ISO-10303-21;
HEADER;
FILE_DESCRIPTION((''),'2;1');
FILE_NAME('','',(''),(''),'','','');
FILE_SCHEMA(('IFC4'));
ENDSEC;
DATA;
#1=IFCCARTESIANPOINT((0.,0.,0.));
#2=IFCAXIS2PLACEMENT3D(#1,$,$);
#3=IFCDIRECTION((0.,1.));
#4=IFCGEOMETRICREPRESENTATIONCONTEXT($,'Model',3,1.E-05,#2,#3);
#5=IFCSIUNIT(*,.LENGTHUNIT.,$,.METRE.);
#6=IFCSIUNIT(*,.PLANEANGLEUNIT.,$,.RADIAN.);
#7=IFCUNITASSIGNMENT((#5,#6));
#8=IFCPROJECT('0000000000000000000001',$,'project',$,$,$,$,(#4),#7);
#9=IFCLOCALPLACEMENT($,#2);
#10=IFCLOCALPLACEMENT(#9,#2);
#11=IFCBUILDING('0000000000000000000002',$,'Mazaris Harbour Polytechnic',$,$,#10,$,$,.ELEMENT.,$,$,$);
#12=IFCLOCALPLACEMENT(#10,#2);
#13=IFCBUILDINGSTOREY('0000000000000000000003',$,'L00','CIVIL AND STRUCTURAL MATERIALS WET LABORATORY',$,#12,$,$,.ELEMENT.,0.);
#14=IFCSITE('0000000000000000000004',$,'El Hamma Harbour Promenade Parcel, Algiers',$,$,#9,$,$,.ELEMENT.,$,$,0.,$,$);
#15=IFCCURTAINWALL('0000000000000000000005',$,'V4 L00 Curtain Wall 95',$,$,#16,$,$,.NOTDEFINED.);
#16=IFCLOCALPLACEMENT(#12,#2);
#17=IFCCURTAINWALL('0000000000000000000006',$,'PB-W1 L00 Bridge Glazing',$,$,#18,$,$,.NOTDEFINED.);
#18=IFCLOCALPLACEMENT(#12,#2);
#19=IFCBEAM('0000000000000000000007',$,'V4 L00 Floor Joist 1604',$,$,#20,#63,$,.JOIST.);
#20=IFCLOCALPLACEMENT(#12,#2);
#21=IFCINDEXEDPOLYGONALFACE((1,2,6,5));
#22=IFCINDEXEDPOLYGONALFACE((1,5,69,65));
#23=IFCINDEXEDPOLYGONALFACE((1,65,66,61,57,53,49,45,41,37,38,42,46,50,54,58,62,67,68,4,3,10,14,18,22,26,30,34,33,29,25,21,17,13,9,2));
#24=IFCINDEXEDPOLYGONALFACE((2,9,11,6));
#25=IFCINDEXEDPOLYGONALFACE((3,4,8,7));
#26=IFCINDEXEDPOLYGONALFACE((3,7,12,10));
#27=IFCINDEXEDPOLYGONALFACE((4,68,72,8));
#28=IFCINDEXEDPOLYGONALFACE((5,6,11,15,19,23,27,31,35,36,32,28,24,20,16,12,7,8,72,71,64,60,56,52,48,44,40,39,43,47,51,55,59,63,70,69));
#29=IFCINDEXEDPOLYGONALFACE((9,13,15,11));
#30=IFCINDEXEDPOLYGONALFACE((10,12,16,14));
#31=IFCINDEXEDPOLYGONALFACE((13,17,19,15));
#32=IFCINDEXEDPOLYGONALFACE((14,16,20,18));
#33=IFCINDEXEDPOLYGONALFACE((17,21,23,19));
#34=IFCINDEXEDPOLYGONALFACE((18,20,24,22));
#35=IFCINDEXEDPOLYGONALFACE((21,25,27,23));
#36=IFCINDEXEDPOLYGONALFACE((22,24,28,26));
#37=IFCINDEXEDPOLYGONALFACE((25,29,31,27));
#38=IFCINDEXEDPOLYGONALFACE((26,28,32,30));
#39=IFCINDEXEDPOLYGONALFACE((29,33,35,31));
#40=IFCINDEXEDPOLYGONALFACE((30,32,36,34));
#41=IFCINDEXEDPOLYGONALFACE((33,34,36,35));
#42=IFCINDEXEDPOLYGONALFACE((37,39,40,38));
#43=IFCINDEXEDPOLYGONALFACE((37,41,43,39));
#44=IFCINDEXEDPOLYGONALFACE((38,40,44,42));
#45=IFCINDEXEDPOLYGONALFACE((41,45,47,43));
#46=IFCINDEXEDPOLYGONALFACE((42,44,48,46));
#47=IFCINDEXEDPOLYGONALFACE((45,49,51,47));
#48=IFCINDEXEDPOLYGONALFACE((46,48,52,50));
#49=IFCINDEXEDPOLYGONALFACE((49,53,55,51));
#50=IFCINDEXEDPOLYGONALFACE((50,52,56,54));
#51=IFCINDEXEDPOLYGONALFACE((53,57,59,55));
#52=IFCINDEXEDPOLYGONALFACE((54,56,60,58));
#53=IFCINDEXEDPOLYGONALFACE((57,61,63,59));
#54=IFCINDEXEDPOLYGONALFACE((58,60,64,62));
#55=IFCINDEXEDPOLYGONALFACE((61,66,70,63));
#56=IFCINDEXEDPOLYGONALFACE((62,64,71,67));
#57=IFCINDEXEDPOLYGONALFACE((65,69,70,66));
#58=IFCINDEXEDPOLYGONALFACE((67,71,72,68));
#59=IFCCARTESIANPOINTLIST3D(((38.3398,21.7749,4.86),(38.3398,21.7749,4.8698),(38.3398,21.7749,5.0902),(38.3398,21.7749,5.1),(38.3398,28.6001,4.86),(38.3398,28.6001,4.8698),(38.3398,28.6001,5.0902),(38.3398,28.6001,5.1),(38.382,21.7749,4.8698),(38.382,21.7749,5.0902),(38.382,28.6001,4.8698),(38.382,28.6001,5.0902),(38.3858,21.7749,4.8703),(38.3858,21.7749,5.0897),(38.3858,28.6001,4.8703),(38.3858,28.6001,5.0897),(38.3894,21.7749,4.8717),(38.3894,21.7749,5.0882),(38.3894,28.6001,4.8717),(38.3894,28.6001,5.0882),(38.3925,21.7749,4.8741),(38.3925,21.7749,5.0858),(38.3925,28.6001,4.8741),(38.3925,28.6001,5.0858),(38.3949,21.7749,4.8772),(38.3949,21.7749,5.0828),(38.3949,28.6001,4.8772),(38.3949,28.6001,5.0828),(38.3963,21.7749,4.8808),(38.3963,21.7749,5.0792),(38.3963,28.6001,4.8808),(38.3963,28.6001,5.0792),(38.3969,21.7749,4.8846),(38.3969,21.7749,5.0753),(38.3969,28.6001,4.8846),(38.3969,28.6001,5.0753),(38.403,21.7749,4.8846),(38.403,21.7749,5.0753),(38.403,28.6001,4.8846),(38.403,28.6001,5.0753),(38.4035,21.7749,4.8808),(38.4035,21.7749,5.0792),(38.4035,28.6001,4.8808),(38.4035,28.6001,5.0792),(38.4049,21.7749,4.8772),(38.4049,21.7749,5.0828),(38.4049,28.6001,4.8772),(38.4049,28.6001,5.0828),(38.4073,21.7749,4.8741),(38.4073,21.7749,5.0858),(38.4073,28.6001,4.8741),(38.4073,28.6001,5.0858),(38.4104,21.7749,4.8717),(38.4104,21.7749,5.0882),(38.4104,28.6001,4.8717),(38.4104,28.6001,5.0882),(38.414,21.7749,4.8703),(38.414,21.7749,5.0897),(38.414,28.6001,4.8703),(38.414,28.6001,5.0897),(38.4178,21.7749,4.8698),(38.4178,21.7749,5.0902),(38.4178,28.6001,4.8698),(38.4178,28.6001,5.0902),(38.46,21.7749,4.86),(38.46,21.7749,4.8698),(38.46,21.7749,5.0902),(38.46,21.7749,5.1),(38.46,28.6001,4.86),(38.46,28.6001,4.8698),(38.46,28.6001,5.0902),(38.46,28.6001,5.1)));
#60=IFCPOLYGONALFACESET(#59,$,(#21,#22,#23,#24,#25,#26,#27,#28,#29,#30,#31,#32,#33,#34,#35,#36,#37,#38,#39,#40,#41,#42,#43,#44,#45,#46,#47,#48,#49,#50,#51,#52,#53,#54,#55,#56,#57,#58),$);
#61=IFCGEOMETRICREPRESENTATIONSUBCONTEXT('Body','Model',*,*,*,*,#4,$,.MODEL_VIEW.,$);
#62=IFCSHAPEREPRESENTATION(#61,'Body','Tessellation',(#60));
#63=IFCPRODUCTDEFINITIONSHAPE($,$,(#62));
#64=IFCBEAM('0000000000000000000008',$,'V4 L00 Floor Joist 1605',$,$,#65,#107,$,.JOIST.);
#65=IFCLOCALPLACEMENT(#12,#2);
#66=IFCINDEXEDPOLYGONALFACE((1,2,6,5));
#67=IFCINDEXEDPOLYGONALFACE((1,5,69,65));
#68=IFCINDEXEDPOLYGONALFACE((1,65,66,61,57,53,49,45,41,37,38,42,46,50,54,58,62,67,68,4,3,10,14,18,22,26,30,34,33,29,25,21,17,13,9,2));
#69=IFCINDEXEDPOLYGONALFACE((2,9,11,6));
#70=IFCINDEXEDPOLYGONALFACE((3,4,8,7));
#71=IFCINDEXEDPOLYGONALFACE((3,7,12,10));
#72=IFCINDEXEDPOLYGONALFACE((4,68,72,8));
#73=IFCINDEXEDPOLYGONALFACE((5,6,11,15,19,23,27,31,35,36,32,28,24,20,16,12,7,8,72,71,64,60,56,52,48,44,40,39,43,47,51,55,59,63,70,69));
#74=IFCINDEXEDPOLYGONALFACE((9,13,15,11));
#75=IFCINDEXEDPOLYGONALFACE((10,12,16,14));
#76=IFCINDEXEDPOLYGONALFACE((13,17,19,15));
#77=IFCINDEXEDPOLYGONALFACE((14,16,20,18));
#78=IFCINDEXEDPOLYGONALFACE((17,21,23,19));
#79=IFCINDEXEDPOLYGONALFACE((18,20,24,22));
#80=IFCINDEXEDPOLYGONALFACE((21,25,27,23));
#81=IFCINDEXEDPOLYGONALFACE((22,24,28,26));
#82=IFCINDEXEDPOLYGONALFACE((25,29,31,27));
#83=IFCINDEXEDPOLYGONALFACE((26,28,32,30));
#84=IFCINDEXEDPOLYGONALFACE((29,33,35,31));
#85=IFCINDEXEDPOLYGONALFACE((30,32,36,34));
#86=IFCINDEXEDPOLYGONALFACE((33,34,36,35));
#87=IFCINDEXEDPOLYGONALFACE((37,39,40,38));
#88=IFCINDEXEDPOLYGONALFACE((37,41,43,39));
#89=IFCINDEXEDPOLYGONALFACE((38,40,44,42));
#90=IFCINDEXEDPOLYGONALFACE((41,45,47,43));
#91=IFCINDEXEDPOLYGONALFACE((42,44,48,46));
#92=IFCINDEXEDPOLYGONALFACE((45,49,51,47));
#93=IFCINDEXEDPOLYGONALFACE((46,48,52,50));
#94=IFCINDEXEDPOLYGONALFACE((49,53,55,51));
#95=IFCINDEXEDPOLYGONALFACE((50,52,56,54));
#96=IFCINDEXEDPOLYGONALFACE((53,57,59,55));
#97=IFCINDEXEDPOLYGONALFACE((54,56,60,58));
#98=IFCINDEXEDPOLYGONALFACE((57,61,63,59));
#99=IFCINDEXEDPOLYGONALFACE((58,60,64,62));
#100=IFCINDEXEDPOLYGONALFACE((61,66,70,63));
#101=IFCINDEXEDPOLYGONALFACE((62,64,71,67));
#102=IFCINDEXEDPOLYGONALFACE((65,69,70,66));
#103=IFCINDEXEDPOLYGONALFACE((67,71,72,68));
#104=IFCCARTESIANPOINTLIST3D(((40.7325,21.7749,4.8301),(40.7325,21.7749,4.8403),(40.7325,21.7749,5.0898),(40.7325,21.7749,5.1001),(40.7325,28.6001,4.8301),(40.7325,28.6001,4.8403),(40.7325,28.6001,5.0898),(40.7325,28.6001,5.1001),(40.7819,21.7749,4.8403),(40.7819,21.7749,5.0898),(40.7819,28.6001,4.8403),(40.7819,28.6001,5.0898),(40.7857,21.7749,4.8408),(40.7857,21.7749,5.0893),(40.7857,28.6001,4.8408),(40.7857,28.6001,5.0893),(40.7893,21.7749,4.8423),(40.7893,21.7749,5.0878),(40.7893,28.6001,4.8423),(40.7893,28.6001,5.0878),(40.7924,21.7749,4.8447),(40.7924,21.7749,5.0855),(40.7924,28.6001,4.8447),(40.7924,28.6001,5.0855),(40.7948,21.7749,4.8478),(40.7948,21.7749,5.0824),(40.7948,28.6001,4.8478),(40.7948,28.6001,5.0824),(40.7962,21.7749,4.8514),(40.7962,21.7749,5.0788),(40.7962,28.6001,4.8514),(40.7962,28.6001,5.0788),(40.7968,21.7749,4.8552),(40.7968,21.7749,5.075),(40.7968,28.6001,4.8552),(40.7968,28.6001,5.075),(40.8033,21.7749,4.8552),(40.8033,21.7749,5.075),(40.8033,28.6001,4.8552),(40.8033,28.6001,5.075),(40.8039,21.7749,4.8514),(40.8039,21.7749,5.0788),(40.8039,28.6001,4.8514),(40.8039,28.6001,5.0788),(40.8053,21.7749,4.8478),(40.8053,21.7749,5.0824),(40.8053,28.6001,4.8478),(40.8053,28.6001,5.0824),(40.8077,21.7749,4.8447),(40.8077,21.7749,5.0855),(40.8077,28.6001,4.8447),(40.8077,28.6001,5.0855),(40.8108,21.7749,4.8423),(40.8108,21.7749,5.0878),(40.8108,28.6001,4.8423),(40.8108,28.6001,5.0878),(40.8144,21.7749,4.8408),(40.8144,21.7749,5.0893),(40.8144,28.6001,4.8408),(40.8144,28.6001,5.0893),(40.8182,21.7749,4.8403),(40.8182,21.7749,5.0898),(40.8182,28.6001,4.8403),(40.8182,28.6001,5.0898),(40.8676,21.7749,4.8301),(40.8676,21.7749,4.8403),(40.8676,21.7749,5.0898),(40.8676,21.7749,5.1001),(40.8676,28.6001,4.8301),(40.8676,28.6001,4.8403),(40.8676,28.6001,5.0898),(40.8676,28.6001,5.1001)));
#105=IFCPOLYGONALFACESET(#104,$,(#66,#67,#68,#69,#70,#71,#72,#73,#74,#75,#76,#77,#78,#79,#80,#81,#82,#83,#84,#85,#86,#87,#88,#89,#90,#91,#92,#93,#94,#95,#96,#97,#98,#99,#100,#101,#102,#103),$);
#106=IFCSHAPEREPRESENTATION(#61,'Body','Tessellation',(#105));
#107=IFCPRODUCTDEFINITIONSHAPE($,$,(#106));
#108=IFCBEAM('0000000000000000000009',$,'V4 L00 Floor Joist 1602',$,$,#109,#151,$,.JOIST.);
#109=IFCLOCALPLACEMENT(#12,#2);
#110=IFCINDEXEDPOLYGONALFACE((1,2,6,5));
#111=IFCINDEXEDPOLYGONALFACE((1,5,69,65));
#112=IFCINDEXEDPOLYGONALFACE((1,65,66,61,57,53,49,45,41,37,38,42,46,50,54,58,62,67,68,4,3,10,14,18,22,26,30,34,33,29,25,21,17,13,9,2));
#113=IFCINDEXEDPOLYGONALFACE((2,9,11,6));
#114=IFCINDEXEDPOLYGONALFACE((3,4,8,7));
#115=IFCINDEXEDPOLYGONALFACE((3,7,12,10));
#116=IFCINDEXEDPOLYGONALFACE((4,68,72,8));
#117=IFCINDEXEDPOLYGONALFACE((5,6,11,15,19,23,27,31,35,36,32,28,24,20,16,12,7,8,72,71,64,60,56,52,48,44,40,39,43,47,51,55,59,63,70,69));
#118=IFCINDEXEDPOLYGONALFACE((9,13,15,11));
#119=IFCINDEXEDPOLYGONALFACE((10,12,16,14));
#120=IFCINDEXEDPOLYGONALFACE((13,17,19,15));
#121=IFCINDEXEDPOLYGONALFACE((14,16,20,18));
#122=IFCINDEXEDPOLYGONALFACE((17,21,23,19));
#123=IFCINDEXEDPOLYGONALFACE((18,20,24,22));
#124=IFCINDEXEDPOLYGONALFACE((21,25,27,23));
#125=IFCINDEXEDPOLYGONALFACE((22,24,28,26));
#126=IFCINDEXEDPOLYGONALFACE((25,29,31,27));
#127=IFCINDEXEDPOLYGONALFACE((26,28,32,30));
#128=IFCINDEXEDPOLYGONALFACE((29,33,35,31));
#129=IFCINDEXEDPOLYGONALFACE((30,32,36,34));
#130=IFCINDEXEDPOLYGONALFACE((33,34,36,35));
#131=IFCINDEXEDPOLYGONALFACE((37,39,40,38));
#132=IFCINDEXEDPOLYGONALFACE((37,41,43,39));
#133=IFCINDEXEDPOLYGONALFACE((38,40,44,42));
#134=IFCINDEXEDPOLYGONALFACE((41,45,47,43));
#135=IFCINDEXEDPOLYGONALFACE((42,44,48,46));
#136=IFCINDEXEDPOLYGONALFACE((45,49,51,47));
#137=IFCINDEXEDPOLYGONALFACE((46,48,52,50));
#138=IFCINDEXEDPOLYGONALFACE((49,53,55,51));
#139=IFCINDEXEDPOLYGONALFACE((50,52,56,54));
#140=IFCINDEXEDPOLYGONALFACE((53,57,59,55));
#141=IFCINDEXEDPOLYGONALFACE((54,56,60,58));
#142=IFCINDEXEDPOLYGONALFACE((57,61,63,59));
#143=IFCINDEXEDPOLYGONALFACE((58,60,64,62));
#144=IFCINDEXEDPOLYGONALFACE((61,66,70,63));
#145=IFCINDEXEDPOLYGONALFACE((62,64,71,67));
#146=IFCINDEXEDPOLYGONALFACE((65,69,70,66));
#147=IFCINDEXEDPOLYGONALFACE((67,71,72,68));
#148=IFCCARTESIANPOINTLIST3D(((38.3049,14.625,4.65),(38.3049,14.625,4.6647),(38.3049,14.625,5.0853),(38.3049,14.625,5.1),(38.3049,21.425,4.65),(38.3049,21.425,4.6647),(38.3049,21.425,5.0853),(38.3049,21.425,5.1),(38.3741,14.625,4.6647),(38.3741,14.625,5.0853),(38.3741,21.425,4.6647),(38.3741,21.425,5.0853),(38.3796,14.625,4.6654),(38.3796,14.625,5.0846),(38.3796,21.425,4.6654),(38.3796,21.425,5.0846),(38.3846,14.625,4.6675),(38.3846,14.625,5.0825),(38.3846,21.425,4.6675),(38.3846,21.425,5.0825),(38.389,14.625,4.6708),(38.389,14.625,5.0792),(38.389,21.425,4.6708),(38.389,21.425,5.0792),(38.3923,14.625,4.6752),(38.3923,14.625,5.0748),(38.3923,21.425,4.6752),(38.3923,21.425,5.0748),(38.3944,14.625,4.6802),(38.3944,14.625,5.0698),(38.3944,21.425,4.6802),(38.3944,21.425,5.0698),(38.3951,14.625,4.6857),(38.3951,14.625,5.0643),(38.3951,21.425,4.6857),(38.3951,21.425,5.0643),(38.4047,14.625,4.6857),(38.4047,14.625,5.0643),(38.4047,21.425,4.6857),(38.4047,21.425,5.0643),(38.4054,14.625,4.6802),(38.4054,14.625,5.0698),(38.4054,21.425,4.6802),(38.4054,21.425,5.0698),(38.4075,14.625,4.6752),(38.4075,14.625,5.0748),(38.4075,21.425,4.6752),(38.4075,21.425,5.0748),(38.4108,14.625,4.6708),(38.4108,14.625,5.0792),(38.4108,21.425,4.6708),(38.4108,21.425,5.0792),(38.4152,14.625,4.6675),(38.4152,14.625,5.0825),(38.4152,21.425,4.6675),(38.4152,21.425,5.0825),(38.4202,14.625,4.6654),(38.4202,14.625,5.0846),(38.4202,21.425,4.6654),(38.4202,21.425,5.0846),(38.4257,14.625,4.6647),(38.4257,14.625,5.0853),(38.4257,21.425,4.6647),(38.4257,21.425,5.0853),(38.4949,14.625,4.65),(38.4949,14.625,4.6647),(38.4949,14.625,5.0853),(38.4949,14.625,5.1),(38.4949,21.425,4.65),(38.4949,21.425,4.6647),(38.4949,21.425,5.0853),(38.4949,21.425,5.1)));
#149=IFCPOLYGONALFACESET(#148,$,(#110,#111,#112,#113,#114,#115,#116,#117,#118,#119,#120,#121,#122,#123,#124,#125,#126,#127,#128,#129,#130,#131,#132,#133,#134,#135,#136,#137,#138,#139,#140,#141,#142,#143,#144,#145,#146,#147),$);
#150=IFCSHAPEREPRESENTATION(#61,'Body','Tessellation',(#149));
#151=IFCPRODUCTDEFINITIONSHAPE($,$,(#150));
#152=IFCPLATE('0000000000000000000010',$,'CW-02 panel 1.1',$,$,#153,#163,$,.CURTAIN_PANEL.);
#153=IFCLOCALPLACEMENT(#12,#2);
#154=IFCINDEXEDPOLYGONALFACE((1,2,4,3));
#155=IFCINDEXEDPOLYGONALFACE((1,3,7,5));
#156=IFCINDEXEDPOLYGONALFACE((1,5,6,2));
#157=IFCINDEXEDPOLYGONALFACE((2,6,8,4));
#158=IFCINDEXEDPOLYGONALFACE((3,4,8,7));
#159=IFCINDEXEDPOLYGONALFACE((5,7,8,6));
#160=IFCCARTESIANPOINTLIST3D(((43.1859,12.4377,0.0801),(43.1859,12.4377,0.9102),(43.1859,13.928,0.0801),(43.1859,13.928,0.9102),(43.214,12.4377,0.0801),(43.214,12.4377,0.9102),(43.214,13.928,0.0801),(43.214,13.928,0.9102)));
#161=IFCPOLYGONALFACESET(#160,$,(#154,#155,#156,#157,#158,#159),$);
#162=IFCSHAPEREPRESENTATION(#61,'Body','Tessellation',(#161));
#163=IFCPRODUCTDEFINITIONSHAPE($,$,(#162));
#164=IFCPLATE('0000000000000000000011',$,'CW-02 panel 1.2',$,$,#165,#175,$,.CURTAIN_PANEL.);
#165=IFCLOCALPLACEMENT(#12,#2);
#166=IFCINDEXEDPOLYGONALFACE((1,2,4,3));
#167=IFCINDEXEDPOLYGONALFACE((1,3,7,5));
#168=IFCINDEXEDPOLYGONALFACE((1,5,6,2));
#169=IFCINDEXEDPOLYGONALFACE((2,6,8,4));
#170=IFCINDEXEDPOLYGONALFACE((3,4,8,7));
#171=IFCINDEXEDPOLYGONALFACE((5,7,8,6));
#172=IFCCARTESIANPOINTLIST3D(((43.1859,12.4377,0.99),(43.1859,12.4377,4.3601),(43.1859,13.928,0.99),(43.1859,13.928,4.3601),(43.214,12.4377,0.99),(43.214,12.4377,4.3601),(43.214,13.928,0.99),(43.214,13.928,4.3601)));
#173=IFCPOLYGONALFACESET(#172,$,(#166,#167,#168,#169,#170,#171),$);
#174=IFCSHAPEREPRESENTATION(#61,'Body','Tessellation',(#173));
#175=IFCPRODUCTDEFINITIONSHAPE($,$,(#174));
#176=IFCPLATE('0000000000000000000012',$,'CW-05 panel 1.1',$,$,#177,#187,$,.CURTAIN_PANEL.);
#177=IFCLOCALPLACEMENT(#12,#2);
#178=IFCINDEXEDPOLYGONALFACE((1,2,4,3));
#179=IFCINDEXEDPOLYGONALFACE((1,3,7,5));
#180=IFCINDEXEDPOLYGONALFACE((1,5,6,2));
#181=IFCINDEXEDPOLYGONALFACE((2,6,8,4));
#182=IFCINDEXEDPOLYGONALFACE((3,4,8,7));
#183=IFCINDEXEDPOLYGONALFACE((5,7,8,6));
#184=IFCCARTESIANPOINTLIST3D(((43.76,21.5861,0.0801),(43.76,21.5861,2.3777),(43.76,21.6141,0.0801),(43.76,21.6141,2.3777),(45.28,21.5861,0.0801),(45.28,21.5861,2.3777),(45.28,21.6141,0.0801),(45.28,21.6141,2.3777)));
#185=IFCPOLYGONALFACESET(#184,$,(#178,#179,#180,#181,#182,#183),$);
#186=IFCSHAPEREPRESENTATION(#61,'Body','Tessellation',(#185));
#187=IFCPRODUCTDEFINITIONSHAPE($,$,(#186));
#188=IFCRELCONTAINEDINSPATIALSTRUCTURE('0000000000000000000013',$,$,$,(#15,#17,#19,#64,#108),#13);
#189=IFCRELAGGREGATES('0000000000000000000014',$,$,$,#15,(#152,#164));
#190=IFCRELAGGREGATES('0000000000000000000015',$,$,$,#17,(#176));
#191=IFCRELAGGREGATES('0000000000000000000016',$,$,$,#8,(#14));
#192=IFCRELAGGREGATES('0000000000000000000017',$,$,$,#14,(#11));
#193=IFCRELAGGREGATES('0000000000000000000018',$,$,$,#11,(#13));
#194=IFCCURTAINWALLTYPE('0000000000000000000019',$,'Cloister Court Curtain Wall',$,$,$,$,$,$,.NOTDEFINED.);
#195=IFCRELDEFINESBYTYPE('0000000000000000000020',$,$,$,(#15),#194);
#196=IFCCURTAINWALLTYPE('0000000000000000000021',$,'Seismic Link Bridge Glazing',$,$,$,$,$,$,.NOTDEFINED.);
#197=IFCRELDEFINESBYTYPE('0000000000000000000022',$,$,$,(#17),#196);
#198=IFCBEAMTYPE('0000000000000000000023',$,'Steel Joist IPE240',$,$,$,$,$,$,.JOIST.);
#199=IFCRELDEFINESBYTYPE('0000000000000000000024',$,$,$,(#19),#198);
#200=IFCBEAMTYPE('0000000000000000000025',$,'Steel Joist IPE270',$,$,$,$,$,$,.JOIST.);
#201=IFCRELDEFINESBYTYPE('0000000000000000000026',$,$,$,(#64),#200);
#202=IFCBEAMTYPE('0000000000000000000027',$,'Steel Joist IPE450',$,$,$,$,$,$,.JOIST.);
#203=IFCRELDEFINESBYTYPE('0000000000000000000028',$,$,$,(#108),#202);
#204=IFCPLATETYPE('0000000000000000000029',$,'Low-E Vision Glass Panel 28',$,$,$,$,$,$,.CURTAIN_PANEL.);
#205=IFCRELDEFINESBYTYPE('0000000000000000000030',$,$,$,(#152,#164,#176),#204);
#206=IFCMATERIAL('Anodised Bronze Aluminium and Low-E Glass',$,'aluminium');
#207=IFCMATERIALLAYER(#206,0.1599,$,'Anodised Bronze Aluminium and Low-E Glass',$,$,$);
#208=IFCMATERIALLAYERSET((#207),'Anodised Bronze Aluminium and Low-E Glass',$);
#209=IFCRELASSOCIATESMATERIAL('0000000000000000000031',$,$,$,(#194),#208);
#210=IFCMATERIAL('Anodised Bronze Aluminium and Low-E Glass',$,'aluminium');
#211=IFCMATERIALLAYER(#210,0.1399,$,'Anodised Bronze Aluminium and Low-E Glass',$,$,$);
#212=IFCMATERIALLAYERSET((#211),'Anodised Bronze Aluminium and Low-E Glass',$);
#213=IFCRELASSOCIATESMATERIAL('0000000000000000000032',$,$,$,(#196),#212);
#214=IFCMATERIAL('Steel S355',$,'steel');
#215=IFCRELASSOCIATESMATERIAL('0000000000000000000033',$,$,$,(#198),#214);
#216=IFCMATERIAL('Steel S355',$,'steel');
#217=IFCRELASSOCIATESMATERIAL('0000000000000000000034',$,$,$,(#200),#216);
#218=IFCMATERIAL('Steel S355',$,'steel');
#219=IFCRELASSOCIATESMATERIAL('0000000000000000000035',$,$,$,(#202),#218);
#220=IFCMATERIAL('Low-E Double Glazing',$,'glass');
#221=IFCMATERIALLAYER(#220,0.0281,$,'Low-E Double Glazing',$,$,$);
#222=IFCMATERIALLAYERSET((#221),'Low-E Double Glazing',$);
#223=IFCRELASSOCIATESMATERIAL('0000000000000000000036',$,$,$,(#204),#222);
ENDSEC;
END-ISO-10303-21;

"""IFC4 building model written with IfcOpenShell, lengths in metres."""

from ifc_helpers import new_model, si_unit, direction, frame, origin, origin_2d, place, context, subcontext, project, spatial, rectangle, i_section, extrude, material, layer, layer_set, material_profile, profile_set, type_object, element, aggregate, save


model = new_model("IFC4")

# Units and contexts
model_context = context("Model", 3, precision=1e-05, world=origin(), true_north=direction((0.0, 1.0)))
body_context = subcontext(model_context, "Body", "Model", "MODEL_VIEW")
ifc_project = project(units=[si_unit("LENGTHUNIT", "METRE"), si_unit("PLANEANGLEUNIT", "RADIAN")], contexts=[model_context])

# Site, building, storey
site_placement = place(None, origin())
site = spatial("IfcSite", under=ifc_project, at=site_placement, Name="El Hamma Harbour Promenade Parcel, Algiers", CompositionType="ELEMENT", RefElevation=0.0)
building_placement = place(site_placement, origin())
building = spatial("IfcBuilding", under=site, at=building_placement, Name="Mazaris Harbour Polytechnic", CompositionType="ELEMENT")
storey_placement = place(building_placement, origin())
storey = spatial("IfcBuildingStorey", under=building, at=storey_placement, Name="L00", Description="CIVIL AND STRUCTURAL MATERIALS WET LABORATORY", CompositionType="ELEMENT", Elevation=0.0)

# Curtain wall
ifc_material_1 = material(Name="Anodised Bronze Aluminium and Low-E Glass", Category="aluminium")
ifc_layer_1 = layer(ifc_material_1, 0.1599, Name="Anodised Bronze Aluminium and Low-E Glass")
ifc_layer_set_1 = layer_set([ifc_layer_1], Name="Anodised Bronze Aluminium and Low-E Glass")
curtain_wall_type_1 = type_object("IfcCurtainWallType", Name="Cloister Court Curtain Wall", PredefinedType="NOTDEFINED", material=ifc_layer_set_1)
curtain_wall_1_placement = place(storey_placement, origin())
curtain_wall_1 = element("IfcCurtainWall", 1, at=curtain_wall_1_placement, inside=storey, type_object=curtain_wall_type_1, Name="V4 L00 Curtain Wall 95", PredefinedType="NOTDEFINED")

# Curtain wall
ifc_material_2 = material(Name="Anodised Bronze Aluminium and Low-E Glass", Category="aluminium")
ifc_layer_2 = layer(ifc_material_2, 0.1399, Name="Anodised Bronze Aluminium and Low-E Glass")
ifc_layer_set_2 = layer_set([ifc_layer_2], Name="Anodised Bronze Aluminium and Low-E Glass")
curtain_wall_type_2 = type_object("IfcCurtainWallType", Name="Seismic Link Bridge Glazing", PredefinedType="NOTDEFINED", material=ifc_layer_set_2)
curtain_wall_2_placement = place(storey_placement, origin())
curtain_wall_2 = element("IfcCurtainWall", 2, at=curtain_wall_2_placement, inside=storey, type_object=curtain_wall_type_2, Name="PB-W1 L00 Bridge Glazing", PredefinedType="NOTDEFINED")

# Beams
ifc_material_3 = material(Name="Steel S355", Category="steel")
ifc_material_profile_1 = material_profile(ifc_material_3, i_section(OverallWidth=0.1201, OverallDepth=0.24, WebThickness=0.0061, FlangeThickness=0.0098, FilletRadius=0.0149, at=origin_2d()), Name="IPE 240")
ifc_profile_set_1 = profile_set([ifc_material_profile_1], Name="Steel S355")
beam_type_1 = type_object("IfcBeamType", Name="Steel Joist IPE240", PredefinedType="JOIST", material=ifc_profile_set_1)
beam_1_placement = place(storey_placement, frame((38.3999, 21.7749, 4.98), z_axis=(0.0, 1.0, 0.0), x_axis=(-1.0, 0.0, 0.0)))
element("IfcBeam", 3, at=beam_1_placement, inside=storey, type_object=beam_type_1, Name="V4 L00 Floor Joist 1604", PredefinedType="JOIST", context=body_context, shape_type="SweptSolid", body=[
    extrude(i_section(OverallWidth=0.1201, OverallDepth=0.24, WebThickness=0.0061, FlangeThickness=0.0098, FilletRadius=0.0149, at=origin_2d()), origin(), (0.0, 0.0, 1.0), 6.8252),
])
ifc_material_4 = material(Name="Steel S355", Category="steel")
ifc_material_profile_2 = material_profile(ifc_material_4, i_section(OverallWidth=0.135, OverallDepth=0.27, WebThickness=0.0066, FlangeThickness=0.0103, FilletRadius=0.0149, at=origin_2d()), Name="IPE 270")
ifc_profile_set_2 = profile_set([ifc_material_profile_2], Name="Steel S355")
beam_type_2 = type_object("IfcBeamType", Name="Steel Joist IPE270", PredefinedType="JOIST", material=ifc_profile_set_2)
beam_2_placement = place(storey_placement, frame((40.8, 21.7749, 4.9651), z_axis=(0.0, 1.0, 0.0), x_axis=(-1.0, 0.0, 0.0)))
element("IfcBeam", 4, at=beam_2_placement, inside=storey, type_object=beam_type_2, Name="V4 L00 Floor Joist 1605", PredefinedType="JOIST", context=body_context, shape_type="SweptSolid", body=[
    extrude(i_section(OverallWidth=0.135, OverallDepth=0.27, WebThickness=0.0066, FlangeThickness=0.0103, FilletRadius=0.0149, at=origin_2d()), origin(), (0.0, 0.0, 1.0), 6.8252),
])
ifc_material_5 = material(Name="Steel S355", Category="steel")
ifc_material_profile_3 = material_profile(ifc_material_5, i_section(OverallWidth=0.1899, OverallDepth=0.45, WebThickness=0.0095, FlangeThickness=0.0146, FilletRadius=0.021, at=origin_2d()), Name="IPE 450")
ifc_profile_set_3 = profile_set([ifc_material_profile_3], Name="Steel S355")
beam_type_3 = type_object("IfcBeamType", Name="Steel Joist IPE450", PredefinedType="JOIST", material=ifc_profile_set_3)
beam_3_placement = place(storey_placement, frame((38.3999, 14.625, 4.875), z_axis=(0.0, 1.0, 0.0), x_axis=(-1.0, 0.0, 0.0)))
element("IfcBeam", 5, at=beam_3_placement, inside=storey, type_object=beam_type_3, Name="V4 L00 Floor Joist 1602", PredefinedType="JOIST", context=body_context, shape_type="SweptSolid", body=[
    extrude(i_section(OverallWidth=0.1899, OverallDepth=0.45, WebThickness=0.0095, FlangeThickness=0.0146, FilletRadius=0.021, at=origin_2d()), origin(), (0.0, 0.0, 1.0), 6.8),
])

# Plates
ifc_material_6 = material(Name="Low-E Double Glazing", Category="glass")
ifc_layer_3 = layer(ifc_material_6, 0.0281, Name="Low-E Double Glazing")
ifc_layer_set_3 = layer_set([ifc_layer_3], Name="Low-E Double Glazing")
plate_type = type_object("IfcPlateType", Name="Low-E Vision Glass Panel 28", PredefinedType="CURTAIN_PANEL", material=ifc_layer_set_3)
plate_1_placement = place(storey_placement, frame((43.2, 13.1829, 0.0801), z_axis=(0.0, 0.0, 1.0), x_axis=(0.0, -1.0, 0.0)))
plate_1 = element("IfcPlate", 6, at=plate_1_placement, type_object=plate_type, Name="CW-02 panel 1.1", PredefinedType="CURTAIN_PANEL", context=body_context, shape_type="SweptSolid", body=[
    extrude(rectangle(XDim=1.4902, YDim=0.0281, at=origin_2d()), origin(), (0.0, 0.0, 1.0), 0.8301),
])
plate_2_placement = place(storey_placement, frame((43.2, 13.1829, 0.99), z_axis=(0.0, 0.0, 1.0), x_axis=(0.0, -1.0, 0.0)))
plate_2 = element("IfcPlate", 7, at=plate_2_placement, type_object=plate_type, Name="CW-02 panel 1.2", PredefinedType="CURTAIN_PANEL", context=body_context, shape_type="SweptSolid", body=[
    extrude(rectangle(XDim=1.4902, YDim=0.0281, at=origin_2d()), origin(), (0.0, 0.0, 1.0), 3.3701),
])
aggregate(curtain_wall_1, [plate_1, plate_2])
plate_3_placement = place(storey_placement, frame((44.52, 21.6001, 0.0801), z_axis=(0.0, 0.0, 1.0), x_axis=(1.0, 0.0, 0.0)))
plate_3 = element("IfcPlate", 8, at=plate_3_placement, type_object=plate_type, Name="CW-05 panel 1.1", PredefinedType="CURTAIN_PANEL", context=body_context, shape_type="SweptSolid", body=[
    extrude(rectangle(XDim=1.52, YDim=0.0281, at=origin_2d()), origin(), (0.0, 0.0, 1.0), 2.2976),
])
aggregate(curtain_wall_2, [plate_3])

save(model, "model.ifc")
